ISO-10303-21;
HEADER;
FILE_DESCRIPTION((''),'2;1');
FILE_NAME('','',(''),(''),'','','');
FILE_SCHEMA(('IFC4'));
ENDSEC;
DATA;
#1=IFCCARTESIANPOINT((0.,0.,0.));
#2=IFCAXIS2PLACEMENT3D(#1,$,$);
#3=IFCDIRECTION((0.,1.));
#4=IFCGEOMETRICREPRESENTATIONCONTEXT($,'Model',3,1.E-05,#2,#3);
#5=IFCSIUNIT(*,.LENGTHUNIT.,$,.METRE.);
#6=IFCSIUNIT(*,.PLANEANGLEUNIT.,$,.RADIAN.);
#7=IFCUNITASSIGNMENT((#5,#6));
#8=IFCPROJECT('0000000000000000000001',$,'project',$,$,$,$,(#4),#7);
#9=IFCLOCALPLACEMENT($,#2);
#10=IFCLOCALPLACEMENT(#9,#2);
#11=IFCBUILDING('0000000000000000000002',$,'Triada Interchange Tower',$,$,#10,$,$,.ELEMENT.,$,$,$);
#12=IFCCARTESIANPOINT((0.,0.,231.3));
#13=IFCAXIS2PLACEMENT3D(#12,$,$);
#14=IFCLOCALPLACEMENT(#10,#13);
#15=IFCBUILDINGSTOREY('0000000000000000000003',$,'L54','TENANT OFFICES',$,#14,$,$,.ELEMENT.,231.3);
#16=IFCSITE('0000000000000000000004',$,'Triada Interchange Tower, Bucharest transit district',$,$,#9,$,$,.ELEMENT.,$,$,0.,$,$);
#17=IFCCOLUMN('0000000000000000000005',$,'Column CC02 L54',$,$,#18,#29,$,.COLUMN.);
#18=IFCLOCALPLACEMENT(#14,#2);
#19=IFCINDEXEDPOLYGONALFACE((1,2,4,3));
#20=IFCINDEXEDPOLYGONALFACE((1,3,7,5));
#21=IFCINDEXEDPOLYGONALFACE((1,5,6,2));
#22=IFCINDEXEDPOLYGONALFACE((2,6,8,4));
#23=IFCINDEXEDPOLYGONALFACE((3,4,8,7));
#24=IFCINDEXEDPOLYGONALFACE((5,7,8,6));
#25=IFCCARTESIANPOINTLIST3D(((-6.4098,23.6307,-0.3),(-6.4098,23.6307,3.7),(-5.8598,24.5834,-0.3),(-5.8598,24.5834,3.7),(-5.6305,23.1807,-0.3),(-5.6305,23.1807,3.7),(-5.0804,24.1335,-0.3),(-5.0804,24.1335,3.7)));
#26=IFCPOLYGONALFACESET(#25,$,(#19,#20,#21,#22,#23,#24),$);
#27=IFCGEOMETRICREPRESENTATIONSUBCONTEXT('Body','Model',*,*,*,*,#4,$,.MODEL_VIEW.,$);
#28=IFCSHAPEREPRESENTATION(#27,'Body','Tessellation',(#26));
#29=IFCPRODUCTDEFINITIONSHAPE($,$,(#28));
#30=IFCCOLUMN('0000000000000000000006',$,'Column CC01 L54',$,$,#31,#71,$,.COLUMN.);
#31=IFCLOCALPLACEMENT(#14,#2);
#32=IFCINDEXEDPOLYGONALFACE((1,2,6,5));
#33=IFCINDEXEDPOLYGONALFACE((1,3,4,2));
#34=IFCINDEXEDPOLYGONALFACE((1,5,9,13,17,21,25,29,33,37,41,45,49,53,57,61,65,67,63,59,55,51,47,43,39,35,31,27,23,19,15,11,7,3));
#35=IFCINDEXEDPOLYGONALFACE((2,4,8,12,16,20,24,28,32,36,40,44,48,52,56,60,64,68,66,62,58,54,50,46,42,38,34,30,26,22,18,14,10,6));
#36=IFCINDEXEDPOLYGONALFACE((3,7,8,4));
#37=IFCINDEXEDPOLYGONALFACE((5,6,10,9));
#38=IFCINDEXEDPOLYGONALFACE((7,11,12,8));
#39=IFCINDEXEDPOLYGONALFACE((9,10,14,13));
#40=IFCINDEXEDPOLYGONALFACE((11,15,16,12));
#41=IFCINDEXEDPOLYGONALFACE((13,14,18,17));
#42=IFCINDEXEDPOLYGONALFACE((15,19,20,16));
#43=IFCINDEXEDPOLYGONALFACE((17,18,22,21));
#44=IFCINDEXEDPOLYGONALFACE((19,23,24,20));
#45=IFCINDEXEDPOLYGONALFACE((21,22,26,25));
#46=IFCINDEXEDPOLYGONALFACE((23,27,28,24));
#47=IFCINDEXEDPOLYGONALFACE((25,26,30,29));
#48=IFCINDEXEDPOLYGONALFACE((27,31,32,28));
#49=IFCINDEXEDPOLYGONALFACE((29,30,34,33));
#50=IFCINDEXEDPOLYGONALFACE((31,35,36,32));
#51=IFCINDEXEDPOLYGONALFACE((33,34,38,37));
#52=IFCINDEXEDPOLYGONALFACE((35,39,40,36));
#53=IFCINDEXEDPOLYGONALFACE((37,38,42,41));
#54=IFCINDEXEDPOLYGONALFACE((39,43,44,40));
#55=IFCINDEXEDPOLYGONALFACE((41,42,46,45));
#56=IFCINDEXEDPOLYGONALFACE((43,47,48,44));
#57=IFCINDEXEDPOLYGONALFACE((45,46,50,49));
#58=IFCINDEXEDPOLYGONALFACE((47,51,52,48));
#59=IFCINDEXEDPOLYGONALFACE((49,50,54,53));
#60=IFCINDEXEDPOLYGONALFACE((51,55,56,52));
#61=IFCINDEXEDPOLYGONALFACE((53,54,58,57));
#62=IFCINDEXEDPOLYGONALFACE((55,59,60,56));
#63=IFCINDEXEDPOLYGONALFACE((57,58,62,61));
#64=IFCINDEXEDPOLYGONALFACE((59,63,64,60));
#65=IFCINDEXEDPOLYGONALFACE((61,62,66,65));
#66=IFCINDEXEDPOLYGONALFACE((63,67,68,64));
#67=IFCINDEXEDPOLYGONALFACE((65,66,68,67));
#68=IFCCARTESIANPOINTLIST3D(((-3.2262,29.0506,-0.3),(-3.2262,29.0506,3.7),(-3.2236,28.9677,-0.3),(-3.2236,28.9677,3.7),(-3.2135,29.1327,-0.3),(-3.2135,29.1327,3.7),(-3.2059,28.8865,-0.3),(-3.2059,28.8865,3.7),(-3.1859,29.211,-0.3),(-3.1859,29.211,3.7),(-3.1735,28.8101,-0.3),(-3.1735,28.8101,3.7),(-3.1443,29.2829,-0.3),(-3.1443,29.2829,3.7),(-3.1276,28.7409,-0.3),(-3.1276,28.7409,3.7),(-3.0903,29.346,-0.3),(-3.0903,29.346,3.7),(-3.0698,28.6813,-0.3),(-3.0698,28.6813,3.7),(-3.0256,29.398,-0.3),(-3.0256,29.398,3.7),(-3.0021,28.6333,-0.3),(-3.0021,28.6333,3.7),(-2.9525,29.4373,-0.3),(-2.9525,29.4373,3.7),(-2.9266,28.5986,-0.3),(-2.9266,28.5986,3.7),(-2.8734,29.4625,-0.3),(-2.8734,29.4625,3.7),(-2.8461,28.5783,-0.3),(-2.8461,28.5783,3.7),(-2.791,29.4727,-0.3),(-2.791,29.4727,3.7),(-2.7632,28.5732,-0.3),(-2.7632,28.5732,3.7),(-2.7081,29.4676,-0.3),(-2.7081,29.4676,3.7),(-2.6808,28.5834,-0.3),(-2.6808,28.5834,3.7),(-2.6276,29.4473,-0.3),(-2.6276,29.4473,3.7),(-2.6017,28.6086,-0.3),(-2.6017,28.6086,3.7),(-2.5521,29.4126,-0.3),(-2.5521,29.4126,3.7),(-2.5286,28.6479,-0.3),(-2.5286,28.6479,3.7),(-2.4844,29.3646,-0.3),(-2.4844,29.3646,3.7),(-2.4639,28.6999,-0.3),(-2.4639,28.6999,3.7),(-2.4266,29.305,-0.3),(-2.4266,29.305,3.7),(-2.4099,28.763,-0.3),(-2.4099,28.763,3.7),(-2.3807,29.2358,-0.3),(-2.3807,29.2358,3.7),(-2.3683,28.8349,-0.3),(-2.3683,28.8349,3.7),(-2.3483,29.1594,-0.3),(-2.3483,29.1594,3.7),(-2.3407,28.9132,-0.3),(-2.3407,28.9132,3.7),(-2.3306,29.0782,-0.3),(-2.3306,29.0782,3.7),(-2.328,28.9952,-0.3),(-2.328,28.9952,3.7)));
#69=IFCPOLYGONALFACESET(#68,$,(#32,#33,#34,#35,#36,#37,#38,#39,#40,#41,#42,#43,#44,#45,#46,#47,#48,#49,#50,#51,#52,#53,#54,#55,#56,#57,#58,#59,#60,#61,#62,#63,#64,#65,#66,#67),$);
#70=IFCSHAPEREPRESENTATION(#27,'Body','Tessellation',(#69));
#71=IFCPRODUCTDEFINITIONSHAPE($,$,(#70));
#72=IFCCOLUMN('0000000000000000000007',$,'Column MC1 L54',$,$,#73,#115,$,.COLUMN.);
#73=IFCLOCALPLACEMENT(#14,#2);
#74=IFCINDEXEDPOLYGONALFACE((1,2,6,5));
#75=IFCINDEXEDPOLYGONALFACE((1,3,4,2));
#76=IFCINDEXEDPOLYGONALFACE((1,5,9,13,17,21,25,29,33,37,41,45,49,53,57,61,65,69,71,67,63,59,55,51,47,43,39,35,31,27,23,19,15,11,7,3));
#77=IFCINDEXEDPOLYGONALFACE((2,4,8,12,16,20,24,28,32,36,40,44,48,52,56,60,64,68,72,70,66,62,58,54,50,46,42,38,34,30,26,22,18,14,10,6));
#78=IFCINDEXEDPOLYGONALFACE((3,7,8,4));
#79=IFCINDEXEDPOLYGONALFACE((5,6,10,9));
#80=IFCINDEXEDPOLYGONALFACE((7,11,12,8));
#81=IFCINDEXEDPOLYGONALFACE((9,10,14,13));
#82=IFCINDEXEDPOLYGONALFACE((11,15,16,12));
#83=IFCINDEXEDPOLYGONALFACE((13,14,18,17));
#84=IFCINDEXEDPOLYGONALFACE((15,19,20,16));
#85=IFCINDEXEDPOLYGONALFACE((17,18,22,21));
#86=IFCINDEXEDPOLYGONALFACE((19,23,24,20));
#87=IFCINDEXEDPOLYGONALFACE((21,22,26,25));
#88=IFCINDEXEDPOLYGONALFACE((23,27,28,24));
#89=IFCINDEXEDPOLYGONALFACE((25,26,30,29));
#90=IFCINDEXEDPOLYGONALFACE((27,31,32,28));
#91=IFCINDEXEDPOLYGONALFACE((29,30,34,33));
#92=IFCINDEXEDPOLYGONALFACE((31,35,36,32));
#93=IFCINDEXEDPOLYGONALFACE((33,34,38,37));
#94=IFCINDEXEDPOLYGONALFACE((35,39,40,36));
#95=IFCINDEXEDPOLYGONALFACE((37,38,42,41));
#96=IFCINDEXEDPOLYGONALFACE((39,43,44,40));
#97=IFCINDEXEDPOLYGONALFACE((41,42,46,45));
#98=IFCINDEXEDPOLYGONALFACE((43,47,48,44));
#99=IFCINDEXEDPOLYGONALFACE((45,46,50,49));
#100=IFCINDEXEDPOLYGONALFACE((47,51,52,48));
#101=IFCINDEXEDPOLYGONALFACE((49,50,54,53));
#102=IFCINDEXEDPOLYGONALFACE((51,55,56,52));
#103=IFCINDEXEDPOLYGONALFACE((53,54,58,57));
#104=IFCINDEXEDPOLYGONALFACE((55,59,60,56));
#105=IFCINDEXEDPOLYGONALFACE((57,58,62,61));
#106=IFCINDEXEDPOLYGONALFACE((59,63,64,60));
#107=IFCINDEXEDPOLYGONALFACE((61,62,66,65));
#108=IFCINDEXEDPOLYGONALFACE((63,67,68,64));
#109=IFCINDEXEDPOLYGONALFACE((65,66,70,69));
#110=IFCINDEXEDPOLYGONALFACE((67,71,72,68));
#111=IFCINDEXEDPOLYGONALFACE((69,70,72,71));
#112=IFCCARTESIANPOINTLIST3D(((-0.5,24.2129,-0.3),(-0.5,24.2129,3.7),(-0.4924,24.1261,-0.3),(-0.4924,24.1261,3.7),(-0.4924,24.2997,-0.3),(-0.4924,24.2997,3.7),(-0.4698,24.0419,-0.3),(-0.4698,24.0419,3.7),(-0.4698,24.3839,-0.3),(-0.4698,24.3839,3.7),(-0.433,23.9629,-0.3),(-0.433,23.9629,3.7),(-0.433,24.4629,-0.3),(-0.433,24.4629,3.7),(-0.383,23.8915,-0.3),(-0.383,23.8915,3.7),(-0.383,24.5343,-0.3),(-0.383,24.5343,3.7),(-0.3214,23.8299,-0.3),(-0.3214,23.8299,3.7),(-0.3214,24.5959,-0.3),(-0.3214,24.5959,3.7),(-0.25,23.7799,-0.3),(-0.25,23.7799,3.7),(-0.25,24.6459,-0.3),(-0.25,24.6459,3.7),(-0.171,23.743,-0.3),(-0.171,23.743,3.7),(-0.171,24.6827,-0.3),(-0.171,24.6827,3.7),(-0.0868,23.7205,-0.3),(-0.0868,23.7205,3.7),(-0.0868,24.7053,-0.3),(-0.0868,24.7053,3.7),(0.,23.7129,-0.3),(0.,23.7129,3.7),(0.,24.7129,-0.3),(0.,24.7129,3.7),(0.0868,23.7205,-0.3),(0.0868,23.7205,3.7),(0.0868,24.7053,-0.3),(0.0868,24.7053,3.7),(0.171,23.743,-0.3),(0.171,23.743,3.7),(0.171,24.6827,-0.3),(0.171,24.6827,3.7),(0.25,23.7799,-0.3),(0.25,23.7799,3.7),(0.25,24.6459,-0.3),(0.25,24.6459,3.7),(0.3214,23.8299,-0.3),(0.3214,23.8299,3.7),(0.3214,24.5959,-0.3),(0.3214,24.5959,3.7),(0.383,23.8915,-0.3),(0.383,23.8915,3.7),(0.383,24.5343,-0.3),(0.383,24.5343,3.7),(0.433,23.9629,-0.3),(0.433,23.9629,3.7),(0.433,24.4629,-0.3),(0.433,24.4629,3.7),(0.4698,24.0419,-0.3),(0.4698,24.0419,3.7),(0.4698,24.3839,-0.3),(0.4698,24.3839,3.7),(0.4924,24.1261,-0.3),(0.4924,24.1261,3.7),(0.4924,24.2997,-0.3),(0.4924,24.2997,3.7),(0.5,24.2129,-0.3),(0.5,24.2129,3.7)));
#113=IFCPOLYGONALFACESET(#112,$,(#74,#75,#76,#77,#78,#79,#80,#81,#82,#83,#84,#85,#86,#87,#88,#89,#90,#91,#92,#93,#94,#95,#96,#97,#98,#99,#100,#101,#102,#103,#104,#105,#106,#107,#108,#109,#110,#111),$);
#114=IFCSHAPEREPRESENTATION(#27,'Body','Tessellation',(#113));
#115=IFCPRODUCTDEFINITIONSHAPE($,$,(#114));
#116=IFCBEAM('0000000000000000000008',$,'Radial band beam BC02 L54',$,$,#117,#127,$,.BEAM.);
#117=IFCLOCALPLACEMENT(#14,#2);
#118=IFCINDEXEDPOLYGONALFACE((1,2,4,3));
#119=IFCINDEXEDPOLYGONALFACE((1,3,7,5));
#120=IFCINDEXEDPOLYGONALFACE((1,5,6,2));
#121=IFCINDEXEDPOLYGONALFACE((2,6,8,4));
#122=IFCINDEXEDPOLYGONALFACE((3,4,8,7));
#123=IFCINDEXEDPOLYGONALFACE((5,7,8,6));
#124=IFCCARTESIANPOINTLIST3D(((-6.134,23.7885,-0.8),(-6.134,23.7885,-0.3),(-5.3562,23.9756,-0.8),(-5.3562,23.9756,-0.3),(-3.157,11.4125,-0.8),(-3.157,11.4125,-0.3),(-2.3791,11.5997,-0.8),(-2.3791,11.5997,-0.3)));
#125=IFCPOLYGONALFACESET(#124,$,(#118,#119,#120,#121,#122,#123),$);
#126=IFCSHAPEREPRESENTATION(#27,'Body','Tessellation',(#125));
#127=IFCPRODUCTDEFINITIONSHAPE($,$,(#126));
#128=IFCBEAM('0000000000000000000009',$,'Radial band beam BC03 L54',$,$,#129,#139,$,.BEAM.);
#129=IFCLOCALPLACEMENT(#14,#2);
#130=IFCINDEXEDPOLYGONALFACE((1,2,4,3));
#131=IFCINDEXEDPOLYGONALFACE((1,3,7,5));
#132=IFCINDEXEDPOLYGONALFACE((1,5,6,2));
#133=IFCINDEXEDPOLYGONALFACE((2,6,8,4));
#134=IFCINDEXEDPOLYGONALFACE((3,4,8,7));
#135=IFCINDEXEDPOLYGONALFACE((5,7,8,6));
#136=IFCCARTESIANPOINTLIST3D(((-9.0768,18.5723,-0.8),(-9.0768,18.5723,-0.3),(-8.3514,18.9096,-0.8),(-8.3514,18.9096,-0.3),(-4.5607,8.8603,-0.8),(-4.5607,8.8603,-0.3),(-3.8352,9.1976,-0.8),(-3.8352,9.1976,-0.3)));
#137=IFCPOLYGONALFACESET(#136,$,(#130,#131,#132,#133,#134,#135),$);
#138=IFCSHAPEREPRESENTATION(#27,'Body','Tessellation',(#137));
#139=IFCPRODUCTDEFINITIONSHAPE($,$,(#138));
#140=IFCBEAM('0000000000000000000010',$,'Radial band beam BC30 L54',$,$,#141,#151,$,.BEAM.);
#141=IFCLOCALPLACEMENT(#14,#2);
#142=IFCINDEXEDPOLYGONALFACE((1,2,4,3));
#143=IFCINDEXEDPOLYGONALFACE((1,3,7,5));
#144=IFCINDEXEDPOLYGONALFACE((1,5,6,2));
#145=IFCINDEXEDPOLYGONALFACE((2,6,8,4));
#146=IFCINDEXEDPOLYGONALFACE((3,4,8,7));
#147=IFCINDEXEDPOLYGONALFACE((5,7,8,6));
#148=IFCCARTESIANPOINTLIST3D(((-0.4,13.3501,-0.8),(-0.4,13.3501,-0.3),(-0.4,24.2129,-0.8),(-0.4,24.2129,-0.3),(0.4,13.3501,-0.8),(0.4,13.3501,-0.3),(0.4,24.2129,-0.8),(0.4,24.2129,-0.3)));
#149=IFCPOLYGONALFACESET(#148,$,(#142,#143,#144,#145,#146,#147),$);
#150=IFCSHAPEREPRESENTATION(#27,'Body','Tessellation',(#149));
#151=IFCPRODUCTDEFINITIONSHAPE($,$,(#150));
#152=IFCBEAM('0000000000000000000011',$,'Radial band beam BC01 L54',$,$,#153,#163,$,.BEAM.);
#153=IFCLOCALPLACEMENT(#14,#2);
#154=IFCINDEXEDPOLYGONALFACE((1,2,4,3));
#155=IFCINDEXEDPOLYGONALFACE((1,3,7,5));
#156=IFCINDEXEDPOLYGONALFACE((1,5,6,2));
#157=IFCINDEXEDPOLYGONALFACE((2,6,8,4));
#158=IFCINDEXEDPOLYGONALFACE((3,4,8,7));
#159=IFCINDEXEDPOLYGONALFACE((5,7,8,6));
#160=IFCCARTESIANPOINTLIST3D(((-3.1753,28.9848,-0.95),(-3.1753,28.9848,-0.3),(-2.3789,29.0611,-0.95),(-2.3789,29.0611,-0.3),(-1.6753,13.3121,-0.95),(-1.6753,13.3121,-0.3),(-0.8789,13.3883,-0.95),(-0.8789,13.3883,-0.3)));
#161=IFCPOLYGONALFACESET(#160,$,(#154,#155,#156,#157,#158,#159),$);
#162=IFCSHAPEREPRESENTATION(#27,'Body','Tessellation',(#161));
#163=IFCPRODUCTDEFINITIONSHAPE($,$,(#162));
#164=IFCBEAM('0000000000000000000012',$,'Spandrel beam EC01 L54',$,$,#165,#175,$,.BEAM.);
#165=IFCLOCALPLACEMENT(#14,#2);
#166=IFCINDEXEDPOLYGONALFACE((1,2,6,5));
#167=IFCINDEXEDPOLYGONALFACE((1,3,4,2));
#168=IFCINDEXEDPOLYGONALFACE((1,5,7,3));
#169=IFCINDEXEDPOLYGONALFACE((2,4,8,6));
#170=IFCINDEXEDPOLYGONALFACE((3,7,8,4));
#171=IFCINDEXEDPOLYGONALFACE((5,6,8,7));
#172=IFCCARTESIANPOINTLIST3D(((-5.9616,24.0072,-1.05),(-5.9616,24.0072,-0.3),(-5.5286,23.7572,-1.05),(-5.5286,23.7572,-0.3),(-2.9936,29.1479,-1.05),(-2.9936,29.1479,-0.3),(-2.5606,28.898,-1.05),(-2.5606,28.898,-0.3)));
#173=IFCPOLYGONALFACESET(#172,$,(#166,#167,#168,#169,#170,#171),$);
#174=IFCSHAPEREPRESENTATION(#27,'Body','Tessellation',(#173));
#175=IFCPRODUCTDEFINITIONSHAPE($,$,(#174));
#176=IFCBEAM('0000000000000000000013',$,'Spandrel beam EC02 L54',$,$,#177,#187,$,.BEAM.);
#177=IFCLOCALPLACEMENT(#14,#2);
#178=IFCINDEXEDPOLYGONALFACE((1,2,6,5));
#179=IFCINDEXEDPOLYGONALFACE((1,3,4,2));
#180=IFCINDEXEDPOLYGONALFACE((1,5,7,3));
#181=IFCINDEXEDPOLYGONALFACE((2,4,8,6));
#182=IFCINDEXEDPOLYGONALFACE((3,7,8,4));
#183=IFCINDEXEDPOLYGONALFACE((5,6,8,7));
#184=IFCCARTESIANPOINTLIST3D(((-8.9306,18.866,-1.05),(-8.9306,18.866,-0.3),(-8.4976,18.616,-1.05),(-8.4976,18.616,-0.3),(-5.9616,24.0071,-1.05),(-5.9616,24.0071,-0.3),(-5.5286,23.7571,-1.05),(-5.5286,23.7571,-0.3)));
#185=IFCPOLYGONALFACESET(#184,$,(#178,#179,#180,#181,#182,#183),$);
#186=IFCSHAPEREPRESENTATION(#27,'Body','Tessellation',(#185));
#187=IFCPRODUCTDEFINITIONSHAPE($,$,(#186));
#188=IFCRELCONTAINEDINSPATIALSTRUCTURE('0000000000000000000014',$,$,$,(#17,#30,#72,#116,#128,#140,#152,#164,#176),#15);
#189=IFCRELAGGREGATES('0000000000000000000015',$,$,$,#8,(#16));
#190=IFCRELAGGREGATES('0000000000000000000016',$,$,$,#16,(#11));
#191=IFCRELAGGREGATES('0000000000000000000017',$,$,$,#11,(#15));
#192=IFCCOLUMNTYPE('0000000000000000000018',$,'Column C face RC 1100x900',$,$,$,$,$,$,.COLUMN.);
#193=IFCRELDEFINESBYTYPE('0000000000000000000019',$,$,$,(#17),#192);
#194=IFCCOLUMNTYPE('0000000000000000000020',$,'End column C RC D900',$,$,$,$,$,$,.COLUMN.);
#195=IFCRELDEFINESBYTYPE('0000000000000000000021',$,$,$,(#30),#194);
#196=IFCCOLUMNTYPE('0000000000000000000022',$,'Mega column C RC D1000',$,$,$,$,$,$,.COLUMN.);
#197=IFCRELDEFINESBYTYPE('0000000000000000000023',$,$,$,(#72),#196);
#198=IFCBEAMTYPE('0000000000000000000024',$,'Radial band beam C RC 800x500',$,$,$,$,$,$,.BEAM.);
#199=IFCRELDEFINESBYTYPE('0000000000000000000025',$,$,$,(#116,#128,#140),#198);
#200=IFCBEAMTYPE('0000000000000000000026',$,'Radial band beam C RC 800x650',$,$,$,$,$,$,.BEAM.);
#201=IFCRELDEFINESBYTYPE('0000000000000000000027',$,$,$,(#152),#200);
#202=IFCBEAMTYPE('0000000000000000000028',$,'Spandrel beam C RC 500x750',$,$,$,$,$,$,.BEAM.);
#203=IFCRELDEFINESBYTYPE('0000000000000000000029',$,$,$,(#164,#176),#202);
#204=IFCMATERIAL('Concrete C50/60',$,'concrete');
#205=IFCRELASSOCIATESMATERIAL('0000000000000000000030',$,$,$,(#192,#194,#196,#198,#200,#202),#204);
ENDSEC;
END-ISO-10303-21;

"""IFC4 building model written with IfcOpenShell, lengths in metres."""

from ifc_helpers import new_model, si_unit, direction, frame, origin, origin_2d, place, context, subcontext, project, spatial, rectangle, circle, extrude, material, material_profile, profile_set, type_object, element, save


model = new_model("IFC4")

# Units and contexts
model_context = context("Model", 3, precision=1e-05, world=origin(), true_north=direction((0.0, 1.0)))
body_context = subcontext(model_context, "Body", "Model", "MODEL_VIEW")
ifc_project = project(units=[si_unit("LENGTHUNIT", "METRE"), si_unit("PLANEANGLEUNIT", "RADIAN")], contexts=[model_context])

# Site, building, storey
site_placement = place(None, origin())
site = spatial("IfcSite", under=ifc_project, at=site_placement, Name="Triada Interchange Tower, Bucharest transit district", CompositionType="ELEMENT", RefElevation=0.0)
building_placement = place(site_placement, origin())
building = spatial("IfcBuilding", under=site, at=building_placement, Name="Triada Interchange Tower", CompositionType="ELEMENT")
storey_placement = place(building_placement, frame((0.0, 0.0, 231.3)))
storey = spatial("IfcBuildingStorey", under=building, at=storey_placement, Name="L54", Description="TENANT OFFICES", CompositionType="ELEMENT", Elevation=231.3)

# Columns
ifc_material_1 = material(Name="Concrete C50/60", Category="concrete")
ifc_material_profile_1 = material_profile(ifc_material_1, rectangle(XDim=1.1001, YDim=0.8999, at=origin_2d()), Name="RC 1100x900")
ifc_profile_set_1 = profile_set([ifc_material_profile_1], Name="Concrete C50/60")
column_type_1 = type_object("IfcColumnType", Name="Column C face RC 1100x900", PredefinedType="COLUMN", material=ifc_profile_set_1)
column_1_placement = place(storey_placement, frame((-5.7451, 23.8821, -0.3), z_axis=(0.0, 0.0, 1.0), x_axis=(0.5, 0.866025, 0.0)))
element("IfcColumn", 1, at=column_1_placement, inside=storey, type_object=column_type_1, Name="Column CC02 L54", PredefinedType="COLUMN", context=body_context, shape_type="SweptSolid", body=[
    extrude(rectangle(XDim=1.1001, YDim=0.8999, at=origin_2d()), origin(), (0.0, 0.0, 1.0), 4.0),
])
ifc_material_profile_2 = material_profile(ifc_material_1, circle(Radius=0.45, at=origin_2d()), Name="RC D900")
ifc_profile_set_2 = profile_set([ifc_material_profile_2], Name="Concrete C50/60")
column_type_2 = type_object("IfcColumnType", Name="End column C RC D900", PredefinedType="COLUMN", material=ifc_profile_set_2)
column_2_placement = place(storey_placement, frame((-2.7771, 29.0229, -0.3), z_axis=(0.0, 0.0, 1.0), x_axis=(0.5, 0.866025, 0.0)))
element("IfcColumn", 2, at=column_2_placement, inside=storey, type_object=column_type_2, Name="Column CC01 L54", PredefinedType="COLUMN", context=body_context, shape_type="SweptSolid", body=[
    extrude(circle(Radius=0.45, at=origin_2d()), origin(), (0.0, 0.0, 1.0), 4.0),
])
ifc_material_profile_3 = material_profile(ifc_material_1, circle(Radius=0.5, at=origin_2d()), Name="RC D1000")
ifc_profile_set_3 = profile_set([ifc_material_profile_3], Name="Concrete C50/60")
column_type_3 = type_object("IfcColumnType", Name="Mega column C RC D1000", PredefinedType="COLUMN", material=ifc_profile_set_3)
column_3_placement = place(storey_placement, frame((0.0, 24.2129, -0.3), z_axis=(0.0, 0.0, 1.0), x_axis=(1.0, 0.0, 0.0)))
element("IfcColumn", 3, at=column_3_placement, inside=storey, type_object=column_type_3, Name="Column MC1 L54", PredefinedType="COLUMN", context=body_context, shape_type="SweptSolid", body=[
    extrude(circle(Radius=0.5, at=origin_2d()), origin(), (0.0, 0.0, 1.0), 4.0),
])

# Beams
ifc_material_profile_4 = material_profile(ifc_material_1, rectangle(XDim=0.8, YDim=0.5, at=origin_2d()), Name="RC 800x500")
ifc_profile_set_4 = profile_set([ifc_material_profile_4], Name="Concrete C50/60")
beam_type_1 = type_object("IfcBeamType", Name="Radial band beam C RC 800x500", PredefinedType="BEAM", material=ifc_profile_set_4)
beam_1_placement = place(storey_placement, frame((-5.7451, 23.8821, -0.55), z_axis=(0.233879, -0.972266, 0.0), x_axis=(0.972266, 0.233879, 0.0)))
element("IfcBeam", 4, at=beam_1_placement, inside=storey, type_object=beam_type_1, Name="Radial band beam BC02 L54", PredefinedType="BEAM", context=body_context, shape_type="SweptSolid", body=[
    extrude(rectangle(XDim=0.8, YDim=0.5, at=origin_2d()), origin(), (0.0, 0.0, 1.0), 12.729),
])
beam_2_placement = place(storey_placement, frame((-8.7141, 18.741, -0.55), z_axis=(0.42165, -0.906759, 0.0), x_axis=(0.906759, 0.42165, 0.0)))
element("IfcBeam", 5, at=beam_2_placement, inside=storey, type_object=beam_type_1, Name="Radial band beam BC03 L54", PredefinedType="BEAM", context=body_context, shape_type="SweptSolid", body=[
    extrude(rectangle(XDim=0.8, YDim=0.5, at=origin_2d()), origin(), (0.0, 0.0, 1.0), 10.7107),
])
beam_3_placement = place(storey_placement, frame((0.0, 24.2129, -0.55), z_axis=(0.0, -1.0, 0.0), x_axis=(1.0, 0.0, 0.0)))
element("IfcBeam", 6, at=beam_3_placement, inside=storey, type_object=beam_type_1, Name="Radial band beam BC30 L54", PredefinedType="BEAM", context=body_context, shape_type="SweptSolid", body=[
    extrude(rectangle(XDim=0.8, YDim=0.5, at=origin_2d()), origin(), (0.0, 0.0, 1.0), 10.8628),
])
ifc_material_profile_5 = material_profile(ifc_material_1, rectangle(XDim=0.8, YDim=0.6499, at=origin_2d()), Name="RC 800x650")
ifc_profile_set_5 = profile_set([ifc_material_profile_5], Name="Concrete C50/60")
beam_type_2 = type_object("IfcBeamType", Name="Radial band beam C RC 800x650", PredefinedType="BEAM", material=ifc_profile_set_5)
beam_4_placement = place(storey_placement, frame((-2.7771, 29.0229, -0.625), z_axis=(0.095272, -0.995451, 0.0), x_axis=(0.995451, 0.095272, 0.0)))
element("IfcBeam", 7, at=beam_4_placement, inside=storey, type_object=beam_type_2, Name="Radial band beam BC01 L54", PredefinedType="BEAM", context=body_context, shape_type="SweptSolid", body=[
    extrude(rectangle(XDim=0.8, YDim=0.6499, at=origin_2d()), origin(), (0.0, 0.0, 1.0), 15.7444),
])
ifc_material_profile_6 = material_profile(ifc_material_1, rectangle(XDim=0.5, YDim=0.75, at=origin_2d()), Name="RC 500x750")
ifc_profile_set_6 = profile_set([ifc_material_profile_6], Name="Concrete C50/60")
beam_type_3 = type_object("IfcBeamType", Name="Spandrel beam C RC 500x750", PredefinedType="BEAM", material=ifc_profile_set_6)
beam_5_placement = place(storey_placement, frame((-2.7771, 29.0229, -0.675), z_axis=(-0.499992, -0.86603, 0.0), x_axis=(0.86603, -0.499992, 0.0)))
element("IfcBeam", 8, at=beam_5_placement, inside=storey, type_object=beam_type_3, Name="Spandrel beam EC01 L54", PredefinedType="BEAM", context=body_context, shape_type="SweptSolid", body=[
    extrude(rectangle(XDim=0.5, YDim=0.75, at=origin_2d()), origin(), (0.0, 0.0, 1.0), 5.936),
])
beam_6_placement = place(storey_placement, frame((-5.7451, 23.8821, -0.675), z_axis=(-0.500097, -0.865969, 0.0), x_axis=(0.865969, -0.500097, 0.0)))
element("IfcBeam", 9, at=beam_6_placement, inside=storey, type_object=beam_type_3, Name="Spandrel beam EC02 L54", PredefinedType="BEAM", context=body_context, shape_type="SweptSolid", body=[
    extrude(rectangle(XDim=0.5, YDim=0.75, at=origin_2d()), origin(), (0.0, 0.0, 1.0), 5.9368),
])

save(model, "model.ifc")
